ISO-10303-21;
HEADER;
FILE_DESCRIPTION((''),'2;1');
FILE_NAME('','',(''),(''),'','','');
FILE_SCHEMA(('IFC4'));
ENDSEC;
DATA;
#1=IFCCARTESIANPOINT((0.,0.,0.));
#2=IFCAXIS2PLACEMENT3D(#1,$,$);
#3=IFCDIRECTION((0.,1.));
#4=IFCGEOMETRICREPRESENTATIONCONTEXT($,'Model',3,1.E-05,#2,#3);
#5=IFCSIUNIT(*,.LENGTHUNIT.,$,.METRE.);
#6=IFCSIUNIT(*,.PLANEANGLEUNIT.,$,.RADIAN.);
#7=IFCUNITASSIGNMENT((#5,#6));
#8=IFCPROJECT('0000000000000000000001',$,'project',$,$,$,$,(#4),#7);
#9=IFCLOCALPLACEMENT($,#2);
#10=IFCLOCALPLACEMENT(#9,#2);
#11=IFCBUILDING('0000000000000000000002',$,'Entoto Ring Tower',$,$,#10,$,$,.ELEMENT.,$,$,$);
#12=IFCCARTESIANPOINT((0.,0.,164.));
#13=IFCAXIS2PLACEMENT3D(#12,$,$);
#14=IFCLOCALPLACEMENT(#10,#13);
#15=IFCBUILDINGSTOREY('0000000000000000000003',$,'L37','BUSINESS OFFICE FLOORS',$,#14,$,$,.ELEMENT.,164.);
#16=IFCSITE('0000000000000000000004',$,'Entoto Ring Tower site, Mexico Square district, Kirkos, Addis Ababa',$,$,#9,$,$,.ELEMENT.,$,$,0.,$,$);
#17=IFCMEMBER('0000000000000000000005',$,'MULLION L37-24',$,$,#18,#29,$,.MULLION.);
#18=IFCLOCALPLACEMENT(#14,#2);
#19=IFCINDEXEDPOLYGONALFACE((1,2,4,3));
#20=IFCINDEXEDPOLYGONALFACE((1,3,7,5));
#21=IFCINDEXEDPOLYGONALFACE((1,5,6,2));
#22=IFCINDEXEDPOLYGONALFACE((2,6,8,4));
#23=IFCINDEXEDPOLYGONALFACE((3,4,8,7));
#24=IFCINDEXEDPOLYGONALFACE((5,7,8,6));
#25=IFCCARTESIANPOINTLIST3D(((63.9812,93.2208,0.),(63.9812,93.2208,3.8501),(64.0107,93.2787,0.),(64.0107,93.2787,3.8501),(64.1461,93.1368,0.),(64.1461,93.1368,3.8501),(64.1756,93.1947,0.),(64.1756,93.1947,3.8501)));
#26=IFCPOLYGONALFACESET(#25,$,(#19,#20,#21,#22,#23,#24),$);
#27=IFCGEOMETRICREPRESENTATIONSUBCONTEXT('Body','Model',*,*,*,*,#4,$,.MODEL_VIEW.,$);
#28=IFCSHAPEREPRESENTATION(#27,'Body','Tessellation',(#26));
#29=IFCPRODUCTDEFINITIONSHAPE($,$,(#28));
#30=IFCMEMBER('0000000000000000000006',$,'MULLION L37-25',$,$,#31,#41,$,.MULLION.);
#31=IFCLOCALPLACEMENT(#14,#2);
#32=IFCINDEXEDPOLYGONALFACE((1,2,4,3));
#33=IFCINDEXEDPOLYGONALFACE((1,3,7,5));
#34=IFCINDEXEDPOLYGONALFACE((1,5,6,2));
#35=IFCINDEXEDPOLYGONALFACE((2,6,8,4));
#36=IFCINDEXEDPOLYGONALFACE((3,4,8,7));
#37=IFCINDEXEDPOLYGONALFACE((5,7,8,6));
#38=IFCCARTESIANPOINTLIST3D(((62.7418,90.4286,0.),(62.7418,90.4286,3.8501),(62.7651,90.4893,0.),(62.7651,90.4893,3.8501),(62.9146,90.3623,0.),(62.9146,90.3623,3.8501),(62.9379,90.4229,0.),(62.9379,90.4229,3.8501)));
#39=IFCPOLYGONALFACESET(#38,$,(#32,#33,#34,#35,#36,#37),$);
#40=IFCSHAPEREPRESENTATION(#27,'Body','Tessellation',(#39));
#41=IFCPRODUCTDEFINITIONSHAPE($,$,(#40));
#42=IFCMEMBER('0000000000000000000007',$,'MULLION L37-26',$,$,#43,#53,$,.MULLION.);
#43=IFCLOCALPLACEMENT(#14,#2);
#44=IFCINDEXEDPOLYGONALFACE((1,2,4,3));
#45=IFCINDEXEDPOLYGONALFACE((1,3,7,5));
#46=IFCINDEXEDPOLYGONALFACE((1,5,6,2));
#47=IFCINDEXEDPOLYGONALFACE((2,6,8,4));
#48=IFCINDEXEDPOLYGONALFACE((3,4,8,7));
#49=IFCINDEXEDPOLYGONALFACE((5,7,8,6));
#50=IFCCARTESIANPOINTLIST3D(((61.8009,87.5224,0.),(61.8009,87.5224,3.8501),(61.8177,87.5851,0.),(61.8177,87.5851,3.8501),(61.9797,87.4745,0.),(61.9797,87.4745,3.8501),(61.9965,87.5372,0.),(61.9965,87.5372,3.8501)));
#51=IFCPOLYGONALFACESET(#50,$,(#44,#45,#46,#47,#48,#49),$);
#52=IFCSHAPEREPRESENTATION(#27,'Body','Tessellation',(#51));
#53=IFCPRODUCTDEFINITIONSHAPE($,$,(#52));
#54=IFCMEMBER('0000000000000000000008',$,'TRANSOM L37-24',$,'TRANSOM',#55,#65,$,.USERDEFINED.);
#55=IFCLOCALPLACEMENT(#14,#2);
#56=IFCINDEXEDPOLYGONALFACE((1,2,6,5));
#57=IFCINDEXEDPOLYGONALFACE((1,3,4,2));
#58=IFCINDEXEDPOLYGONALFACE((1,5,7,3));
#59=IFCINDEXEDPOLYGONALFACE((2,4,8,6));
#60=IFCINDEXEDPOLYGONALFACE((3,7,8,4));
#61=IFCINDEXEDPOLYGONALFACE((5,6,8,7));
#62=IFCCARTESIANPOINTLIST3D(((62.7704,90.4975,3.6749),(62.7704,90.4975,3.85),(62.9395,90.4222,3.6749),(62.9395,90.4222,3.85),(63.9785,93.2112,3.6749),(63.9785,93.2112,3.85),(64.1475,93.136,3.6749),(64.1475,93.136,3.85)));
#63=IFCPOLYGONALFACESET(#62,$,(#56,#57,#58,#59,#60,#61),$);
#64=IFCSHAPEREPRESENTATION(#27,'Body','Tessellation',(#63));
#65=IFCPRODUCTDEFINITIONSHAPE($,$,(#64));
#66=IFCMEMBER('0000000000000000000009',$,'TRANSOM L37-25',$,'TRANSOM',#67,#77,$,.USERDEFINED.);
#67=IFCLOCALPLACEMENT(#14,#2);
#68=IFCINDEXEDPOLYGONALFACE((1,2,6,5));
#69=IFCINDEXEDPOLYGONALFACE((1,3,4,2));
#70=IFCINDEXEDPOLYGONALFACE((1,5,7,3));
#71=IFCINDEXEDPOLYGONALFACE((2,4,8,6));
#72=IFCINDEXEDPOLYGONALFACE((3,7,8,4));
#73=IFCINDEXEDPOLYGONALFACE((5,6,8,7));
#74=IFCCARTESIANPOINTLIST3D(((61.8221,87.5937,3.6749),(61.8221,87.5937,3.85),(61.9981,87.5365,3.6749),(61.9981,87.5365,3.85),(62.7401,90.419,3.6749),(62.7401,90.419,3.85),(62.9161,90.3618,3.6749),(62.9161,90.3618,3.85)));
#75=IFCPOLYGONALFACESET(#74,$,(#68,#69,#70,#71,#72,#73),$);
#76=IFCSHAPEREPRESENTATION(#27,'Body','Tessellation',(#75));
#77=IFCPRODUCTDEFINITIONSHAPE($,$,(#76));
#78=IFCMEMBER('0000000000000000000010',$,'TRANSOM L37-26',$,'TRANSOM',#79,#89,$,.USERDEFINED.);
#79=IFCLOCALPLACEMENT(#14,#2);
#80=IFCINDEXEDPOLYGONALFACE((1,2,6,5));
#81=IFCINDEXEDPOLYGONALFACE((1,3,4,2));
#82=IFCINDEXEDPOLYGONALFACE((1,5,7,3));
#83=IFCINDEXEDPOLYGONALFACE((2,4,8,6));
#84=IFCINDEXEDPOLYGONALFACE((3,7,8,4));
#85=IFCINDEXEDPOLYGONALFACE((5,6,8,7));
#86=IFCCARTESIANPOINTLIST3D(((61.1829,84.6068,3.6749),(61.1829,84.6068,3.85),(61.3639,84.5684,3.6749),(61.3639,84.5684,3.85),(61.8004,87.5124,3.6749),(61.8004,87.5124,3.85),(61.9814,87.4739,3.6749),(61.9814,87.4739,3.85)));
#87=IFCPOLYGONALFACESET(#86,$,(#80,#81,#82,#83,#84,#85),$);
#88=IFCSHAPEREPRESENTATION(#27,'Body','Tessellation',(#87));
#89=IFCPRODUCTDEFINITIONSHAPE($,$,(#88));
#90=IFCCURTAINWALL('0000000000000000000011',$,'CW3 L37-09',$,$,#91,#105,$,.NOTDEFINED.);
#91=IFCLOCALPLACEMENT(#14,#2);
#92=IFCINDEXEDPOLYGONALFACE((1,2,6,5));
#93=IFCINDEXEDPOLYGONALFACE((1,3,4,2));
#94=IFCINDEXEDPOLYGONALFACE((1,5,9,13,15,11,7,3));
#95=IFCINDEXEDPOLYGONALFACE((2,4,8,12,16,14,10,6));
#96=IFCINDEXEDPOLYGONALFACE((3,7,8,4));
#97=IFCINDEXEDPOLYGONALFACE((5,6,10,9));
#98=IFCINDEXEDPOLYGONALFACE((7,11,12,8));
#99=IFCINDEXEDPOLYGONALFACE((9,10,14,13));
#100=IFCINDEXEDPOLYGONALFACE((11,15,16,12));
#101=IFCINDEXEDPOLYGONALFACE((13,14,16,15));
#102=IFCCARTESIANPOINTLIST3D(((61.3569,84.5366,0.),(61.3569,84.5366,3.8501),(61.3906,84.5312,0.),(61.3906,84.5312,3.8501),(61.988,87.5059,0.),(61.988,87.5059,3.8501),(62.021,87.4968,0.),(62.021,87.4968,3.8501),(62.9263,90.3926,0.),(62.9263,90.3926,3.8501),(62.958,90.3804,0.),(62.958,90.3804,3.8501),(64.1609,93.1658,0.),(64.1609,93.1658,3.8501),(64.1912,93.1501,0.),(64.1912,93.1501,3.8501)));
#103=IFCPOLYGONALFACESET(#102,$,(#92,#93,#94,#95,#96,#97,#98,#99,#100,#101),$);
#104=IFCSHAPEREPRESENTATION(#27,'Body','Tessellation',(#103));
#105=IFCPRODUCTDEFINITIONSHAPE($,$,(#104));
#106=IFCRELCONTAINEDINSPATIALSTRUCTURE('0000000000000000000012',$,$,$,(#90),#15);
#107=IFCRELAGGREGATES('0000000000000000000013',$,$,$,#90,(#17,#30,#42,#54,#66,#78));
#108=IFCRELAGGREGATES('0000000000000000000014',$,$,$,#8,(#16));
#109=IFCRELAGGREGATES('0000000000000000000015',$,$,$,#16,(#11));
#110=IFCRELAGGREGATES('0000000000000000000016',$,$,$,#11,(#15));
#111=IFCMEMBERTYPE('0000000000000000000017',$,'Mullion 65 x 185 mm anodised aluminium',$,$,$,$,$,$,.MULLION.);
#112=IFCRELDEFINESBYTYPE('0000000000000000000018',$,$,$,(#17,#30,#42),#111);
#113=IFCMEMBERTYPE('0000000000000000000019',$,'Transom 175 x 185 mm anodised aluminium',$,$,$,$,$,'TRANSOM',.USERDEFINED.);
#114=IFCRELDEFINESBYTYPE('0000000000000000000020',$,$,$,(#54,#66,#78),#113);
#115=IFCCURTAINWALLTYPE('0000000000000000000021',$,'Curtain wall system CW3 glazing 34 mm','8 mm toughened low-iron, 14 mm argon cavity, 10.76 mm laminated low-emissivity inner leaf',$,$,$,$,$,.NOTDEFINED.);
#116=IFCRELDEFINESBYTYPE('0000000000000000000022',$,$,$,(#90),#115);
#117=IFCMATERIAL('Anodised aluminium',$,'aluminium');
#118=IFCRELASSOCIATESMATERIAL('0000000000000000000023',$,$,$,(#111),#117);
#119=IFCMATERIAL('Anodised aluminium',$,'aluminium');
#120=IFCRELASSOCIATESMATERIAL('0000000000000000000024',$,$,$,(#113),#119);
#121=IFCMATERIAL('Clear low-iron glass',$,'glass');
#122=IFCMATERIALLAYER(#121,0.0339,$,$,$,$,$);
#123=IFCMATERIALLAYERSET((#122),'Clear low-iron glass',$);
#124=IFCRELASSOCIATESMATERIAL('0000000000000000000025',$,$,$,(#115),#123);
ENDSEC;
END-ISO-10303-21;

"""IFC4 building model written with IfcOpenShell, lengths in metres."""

from ifc_helpers import new_model, si_unit, direction, frame, origin, origin_2d, place, context, subcontext, project, spatial, polyline, rectangle, outline, extrude, material, layer, layer_set, material_profile, profile_set, type_object, element, aggregate, save


model = new_model("IFC4")

# Units and contexts
model_context = context("Model", 3, precision=1e-05, world=origin(), true_north=direction((0.0, 1.0)))
body_context = subcontext(model_context, "Body", "Model", "MODEL_VIEW")
ifc_project = project(units=[si_unit("LENGTHUNIT", "METRE"), si_unit("PLANEANGLEUNIT", "RADIAN")], contexts=[model_context])

# Members
ifc_material_1 = material(Name="Anodised aluminium", Category="aluminium")
ifc_material_profile_1 = material_profile(ifc_material_1, rectangle(XDim=0.0649, YDim=0.1851, at=origin_2d()), Name="Mullion 65 x 185 mm anodised aluminium")
ifc_profile_set_1 = profile_set([ifc_material_profile_1], Name="Anodised aluminium")
member_type_1 = type_object("IfcMemberType", Name="Mullion 65 x 185 mm anodised aluminium", PredefinedType="MULLION", material=ifc_profile_set_1)
site_placement = place(None, origin())
building_placement = place(site_placement, origin())
storey_placement = place(building_placement, frame((0.0, 0.0, 164.0)))
member_1_placement = place(storey_placement, frame((64.0784, 93.2078, 0.0), z_axis=(0.0, 0.0, 1.0), x_axis=(-0.45399, -0.891007, 0.0)))
member_1 = element("IfcMember", 1, at=member_1_placement, type_object=member_type_1, Name="MULLION L37-24", PredefinedType="MULLION", context=body_context, shape_type="SweptSolid", body=[
    extrude(rectangle(XDim=0.0649, YDim=0.1851, at=origin_2d()), origin(), (0.0, 0.0, 1.0), 3.8501),
])
member_2_placement = place(storey_placement, frame((62.8398, 90.4258, 0.0), z_axis=(0.0, 0.0, 1.0), x_axis=(-0.358368, -0.93358, 0.0)))
member_2 = element("IfcMember", 2, at=member_2_placement, type_object=member_type_1, Name="MULLION L37-25", PredefinedType="MULLION", context=body_context, shape_type="SweptSolid", body=[
    extrude(rectangle(XDim=0.0649, YDim=0.1851, at=origin_2d()), origin(), (0.0, 0.0, 1.0), 3.8501),
])
member_3_placement = place(storey_placement, frame((61.8987, 87.5298, 0.0), z_axis=(0.0, 0.0, 1.0), x_axis=(-0.258819, -0.965926, 0.0)))
member_3 = element("IfcMember", 3, at=member_3_placement, type_object=member_type_1, Name="MULLION L37-26", PredefinedType="MULLION", context=body_context, shape_type="SweptSolid", body=[
    extrude(rectangle(XDim=0.0649, YDim=0.1851, at=origin_2d()), origin(), (0.0, 0.0, 1.0), 3.8501),
])
ifc_material_2 = material(Name="Anodised aluminium", Category="aluminium")
ifc_material_profile_2 = material_profile(ifc_material_2, rectangle(XDim=0.1851, YDim=0.175, at=origin_2d()), Name="Transom 175 x 185 mm anodised aluminium")
ifc_profile_set_2 = profile_set([ifc_material_profile_2], Name="Anodised aluminium")
member_type_2 = type_object("IfcMemberType", Name="Transom 175 x 185 mm anodised aluminium", ElementType="TRANSOM", PredefinedType="USERDEFINED", material=ifc_profile_set_2)
member_4_placement = place(storey_placement, frame((64.063, 93.1736, 3.7625), z_axis=(-0.406687, -0.913567, 0.0), x_axis=(0.913567, -0.406687, 0.0)))
member_4 = element("IfcMember", 4, at=member_4_placement, type_object=member_type_2, Name="TRANSOM L37-24", ObjectType="TRANSOM", PredefinedType="USERDEFINED", context=body_context, shape_type="SweptSolid", body=[
    extrude(rectangle(XDim=0.1851, YDim=0.175, at=origin_2d()), origin(), (0.0, 0.0, 1.0), 2.9705),
])
member_5_placement = place(storey_placement, frame((62.8281, 90.3904, 3.7625), z_axis=(-0.309019, -0.951056, 0.0), x_axis=(0.951056, -0.309019, 0.0)))
member_5 = element("IfcMember", 5, at=member_5_placement, type_object=member_type_2, Name="TRANSOM L37-25", ObjectType="TRANSOM", PredefinedType="USERDEFINED", context=body_context, shape_type="SweptSolid", body=[
    extrude(rectangle(XDim=0.1851, YDim=0.175, at=origin_2d()), origin(), (0.0, 0.0, 1.0), 2.9707),
])
member_6_placement = place(storey_placement, frame((61.8909, 87.4932, 3.7625), z_axis=(-0.207862, -0.978158, 0.0), x_axis=(0.978158, -0.207862, 0.0)))
member_6 = element("IfcMember", 6, at=member_6_placement, type_object=member_type_2, Name="TRANSOM L37-26", ObjectType="TRANSOM", PredefinedType="USERDEFINED", context=body_context, shape_type="SweptSolid", body=[
    extrude(rectangle(XDim=0.1851, YDim=0.175, at=origin_2d()), origin(), (0.0, 0.0, 1.0), 2.9705),
])

# Site, building, storey
site = spatial("IfcSite", under=ifc_project, at=site_placement, Name="Entoto Ring Tower site, Mexico Square district, Kirkos, Addis Ababa", CompositionType="ELEMENT", RefElevation=0.0)
building = spatial("IfcBuilding", under=site, at=building_placement, Name="Entoto Ring Tower", CompositionType="ELEMENT")
storey = spatial("IfcBuildingStorey", under=building, at=storey_placement, Name="L37", Description="BUSINESS OFFICE FLOORS", CompositionType="ELEMENT", Elevation=164.0)

# Curtain wall
ifc_material_3 = material(Name="Clear low-iron glass", Category="glass")
ifc_layer = layer(ifc_material_3, 0.0339)
ifc_layer_set = layer_set([ifc_layer], Name="Clear low-iron glass")
curtain_wall_type = type_object("IfcCurtainWallType", Name="Curtain wall system CW3 glazing 34 mm", Description="8 mm toughened low-iron, 14 mm argon cavity, 10.76 mm laminated low-emissivity inner leaf", PredefinedType="NOTDEFINED", material=ifc_layer_set)
curtain_wall_1_placement = place(storey_placement, origin())
curtain_wall_1 = element("IfcCurtainWall", 7, at=curtain_wall_1_placement, inside=storey, type_object=curtain_wall_type, Name="CW3 L37-09", PredefinedType="NOTDEFINED", context=body_context, shape_type="SweptSolid", body=[
    extrude(outline(polyline([(64.1609, 93.1658), (62.9263, 90.3926), (61.988, 87.5059), (61.3569, 84.5366), (61.3906, 84.5312), (62.021, 87.4968), (62.958, 90.3804), (64.1912, 93.1501), (64.1609, 93.1658)])), origin(), (0.0, 0.0, 1.0), 3.8501),
])
aggregate(curtain_wall_1, [member_1, member_2, member_3, member_4, member_5, member_6])

save(model, "model.ifc")
